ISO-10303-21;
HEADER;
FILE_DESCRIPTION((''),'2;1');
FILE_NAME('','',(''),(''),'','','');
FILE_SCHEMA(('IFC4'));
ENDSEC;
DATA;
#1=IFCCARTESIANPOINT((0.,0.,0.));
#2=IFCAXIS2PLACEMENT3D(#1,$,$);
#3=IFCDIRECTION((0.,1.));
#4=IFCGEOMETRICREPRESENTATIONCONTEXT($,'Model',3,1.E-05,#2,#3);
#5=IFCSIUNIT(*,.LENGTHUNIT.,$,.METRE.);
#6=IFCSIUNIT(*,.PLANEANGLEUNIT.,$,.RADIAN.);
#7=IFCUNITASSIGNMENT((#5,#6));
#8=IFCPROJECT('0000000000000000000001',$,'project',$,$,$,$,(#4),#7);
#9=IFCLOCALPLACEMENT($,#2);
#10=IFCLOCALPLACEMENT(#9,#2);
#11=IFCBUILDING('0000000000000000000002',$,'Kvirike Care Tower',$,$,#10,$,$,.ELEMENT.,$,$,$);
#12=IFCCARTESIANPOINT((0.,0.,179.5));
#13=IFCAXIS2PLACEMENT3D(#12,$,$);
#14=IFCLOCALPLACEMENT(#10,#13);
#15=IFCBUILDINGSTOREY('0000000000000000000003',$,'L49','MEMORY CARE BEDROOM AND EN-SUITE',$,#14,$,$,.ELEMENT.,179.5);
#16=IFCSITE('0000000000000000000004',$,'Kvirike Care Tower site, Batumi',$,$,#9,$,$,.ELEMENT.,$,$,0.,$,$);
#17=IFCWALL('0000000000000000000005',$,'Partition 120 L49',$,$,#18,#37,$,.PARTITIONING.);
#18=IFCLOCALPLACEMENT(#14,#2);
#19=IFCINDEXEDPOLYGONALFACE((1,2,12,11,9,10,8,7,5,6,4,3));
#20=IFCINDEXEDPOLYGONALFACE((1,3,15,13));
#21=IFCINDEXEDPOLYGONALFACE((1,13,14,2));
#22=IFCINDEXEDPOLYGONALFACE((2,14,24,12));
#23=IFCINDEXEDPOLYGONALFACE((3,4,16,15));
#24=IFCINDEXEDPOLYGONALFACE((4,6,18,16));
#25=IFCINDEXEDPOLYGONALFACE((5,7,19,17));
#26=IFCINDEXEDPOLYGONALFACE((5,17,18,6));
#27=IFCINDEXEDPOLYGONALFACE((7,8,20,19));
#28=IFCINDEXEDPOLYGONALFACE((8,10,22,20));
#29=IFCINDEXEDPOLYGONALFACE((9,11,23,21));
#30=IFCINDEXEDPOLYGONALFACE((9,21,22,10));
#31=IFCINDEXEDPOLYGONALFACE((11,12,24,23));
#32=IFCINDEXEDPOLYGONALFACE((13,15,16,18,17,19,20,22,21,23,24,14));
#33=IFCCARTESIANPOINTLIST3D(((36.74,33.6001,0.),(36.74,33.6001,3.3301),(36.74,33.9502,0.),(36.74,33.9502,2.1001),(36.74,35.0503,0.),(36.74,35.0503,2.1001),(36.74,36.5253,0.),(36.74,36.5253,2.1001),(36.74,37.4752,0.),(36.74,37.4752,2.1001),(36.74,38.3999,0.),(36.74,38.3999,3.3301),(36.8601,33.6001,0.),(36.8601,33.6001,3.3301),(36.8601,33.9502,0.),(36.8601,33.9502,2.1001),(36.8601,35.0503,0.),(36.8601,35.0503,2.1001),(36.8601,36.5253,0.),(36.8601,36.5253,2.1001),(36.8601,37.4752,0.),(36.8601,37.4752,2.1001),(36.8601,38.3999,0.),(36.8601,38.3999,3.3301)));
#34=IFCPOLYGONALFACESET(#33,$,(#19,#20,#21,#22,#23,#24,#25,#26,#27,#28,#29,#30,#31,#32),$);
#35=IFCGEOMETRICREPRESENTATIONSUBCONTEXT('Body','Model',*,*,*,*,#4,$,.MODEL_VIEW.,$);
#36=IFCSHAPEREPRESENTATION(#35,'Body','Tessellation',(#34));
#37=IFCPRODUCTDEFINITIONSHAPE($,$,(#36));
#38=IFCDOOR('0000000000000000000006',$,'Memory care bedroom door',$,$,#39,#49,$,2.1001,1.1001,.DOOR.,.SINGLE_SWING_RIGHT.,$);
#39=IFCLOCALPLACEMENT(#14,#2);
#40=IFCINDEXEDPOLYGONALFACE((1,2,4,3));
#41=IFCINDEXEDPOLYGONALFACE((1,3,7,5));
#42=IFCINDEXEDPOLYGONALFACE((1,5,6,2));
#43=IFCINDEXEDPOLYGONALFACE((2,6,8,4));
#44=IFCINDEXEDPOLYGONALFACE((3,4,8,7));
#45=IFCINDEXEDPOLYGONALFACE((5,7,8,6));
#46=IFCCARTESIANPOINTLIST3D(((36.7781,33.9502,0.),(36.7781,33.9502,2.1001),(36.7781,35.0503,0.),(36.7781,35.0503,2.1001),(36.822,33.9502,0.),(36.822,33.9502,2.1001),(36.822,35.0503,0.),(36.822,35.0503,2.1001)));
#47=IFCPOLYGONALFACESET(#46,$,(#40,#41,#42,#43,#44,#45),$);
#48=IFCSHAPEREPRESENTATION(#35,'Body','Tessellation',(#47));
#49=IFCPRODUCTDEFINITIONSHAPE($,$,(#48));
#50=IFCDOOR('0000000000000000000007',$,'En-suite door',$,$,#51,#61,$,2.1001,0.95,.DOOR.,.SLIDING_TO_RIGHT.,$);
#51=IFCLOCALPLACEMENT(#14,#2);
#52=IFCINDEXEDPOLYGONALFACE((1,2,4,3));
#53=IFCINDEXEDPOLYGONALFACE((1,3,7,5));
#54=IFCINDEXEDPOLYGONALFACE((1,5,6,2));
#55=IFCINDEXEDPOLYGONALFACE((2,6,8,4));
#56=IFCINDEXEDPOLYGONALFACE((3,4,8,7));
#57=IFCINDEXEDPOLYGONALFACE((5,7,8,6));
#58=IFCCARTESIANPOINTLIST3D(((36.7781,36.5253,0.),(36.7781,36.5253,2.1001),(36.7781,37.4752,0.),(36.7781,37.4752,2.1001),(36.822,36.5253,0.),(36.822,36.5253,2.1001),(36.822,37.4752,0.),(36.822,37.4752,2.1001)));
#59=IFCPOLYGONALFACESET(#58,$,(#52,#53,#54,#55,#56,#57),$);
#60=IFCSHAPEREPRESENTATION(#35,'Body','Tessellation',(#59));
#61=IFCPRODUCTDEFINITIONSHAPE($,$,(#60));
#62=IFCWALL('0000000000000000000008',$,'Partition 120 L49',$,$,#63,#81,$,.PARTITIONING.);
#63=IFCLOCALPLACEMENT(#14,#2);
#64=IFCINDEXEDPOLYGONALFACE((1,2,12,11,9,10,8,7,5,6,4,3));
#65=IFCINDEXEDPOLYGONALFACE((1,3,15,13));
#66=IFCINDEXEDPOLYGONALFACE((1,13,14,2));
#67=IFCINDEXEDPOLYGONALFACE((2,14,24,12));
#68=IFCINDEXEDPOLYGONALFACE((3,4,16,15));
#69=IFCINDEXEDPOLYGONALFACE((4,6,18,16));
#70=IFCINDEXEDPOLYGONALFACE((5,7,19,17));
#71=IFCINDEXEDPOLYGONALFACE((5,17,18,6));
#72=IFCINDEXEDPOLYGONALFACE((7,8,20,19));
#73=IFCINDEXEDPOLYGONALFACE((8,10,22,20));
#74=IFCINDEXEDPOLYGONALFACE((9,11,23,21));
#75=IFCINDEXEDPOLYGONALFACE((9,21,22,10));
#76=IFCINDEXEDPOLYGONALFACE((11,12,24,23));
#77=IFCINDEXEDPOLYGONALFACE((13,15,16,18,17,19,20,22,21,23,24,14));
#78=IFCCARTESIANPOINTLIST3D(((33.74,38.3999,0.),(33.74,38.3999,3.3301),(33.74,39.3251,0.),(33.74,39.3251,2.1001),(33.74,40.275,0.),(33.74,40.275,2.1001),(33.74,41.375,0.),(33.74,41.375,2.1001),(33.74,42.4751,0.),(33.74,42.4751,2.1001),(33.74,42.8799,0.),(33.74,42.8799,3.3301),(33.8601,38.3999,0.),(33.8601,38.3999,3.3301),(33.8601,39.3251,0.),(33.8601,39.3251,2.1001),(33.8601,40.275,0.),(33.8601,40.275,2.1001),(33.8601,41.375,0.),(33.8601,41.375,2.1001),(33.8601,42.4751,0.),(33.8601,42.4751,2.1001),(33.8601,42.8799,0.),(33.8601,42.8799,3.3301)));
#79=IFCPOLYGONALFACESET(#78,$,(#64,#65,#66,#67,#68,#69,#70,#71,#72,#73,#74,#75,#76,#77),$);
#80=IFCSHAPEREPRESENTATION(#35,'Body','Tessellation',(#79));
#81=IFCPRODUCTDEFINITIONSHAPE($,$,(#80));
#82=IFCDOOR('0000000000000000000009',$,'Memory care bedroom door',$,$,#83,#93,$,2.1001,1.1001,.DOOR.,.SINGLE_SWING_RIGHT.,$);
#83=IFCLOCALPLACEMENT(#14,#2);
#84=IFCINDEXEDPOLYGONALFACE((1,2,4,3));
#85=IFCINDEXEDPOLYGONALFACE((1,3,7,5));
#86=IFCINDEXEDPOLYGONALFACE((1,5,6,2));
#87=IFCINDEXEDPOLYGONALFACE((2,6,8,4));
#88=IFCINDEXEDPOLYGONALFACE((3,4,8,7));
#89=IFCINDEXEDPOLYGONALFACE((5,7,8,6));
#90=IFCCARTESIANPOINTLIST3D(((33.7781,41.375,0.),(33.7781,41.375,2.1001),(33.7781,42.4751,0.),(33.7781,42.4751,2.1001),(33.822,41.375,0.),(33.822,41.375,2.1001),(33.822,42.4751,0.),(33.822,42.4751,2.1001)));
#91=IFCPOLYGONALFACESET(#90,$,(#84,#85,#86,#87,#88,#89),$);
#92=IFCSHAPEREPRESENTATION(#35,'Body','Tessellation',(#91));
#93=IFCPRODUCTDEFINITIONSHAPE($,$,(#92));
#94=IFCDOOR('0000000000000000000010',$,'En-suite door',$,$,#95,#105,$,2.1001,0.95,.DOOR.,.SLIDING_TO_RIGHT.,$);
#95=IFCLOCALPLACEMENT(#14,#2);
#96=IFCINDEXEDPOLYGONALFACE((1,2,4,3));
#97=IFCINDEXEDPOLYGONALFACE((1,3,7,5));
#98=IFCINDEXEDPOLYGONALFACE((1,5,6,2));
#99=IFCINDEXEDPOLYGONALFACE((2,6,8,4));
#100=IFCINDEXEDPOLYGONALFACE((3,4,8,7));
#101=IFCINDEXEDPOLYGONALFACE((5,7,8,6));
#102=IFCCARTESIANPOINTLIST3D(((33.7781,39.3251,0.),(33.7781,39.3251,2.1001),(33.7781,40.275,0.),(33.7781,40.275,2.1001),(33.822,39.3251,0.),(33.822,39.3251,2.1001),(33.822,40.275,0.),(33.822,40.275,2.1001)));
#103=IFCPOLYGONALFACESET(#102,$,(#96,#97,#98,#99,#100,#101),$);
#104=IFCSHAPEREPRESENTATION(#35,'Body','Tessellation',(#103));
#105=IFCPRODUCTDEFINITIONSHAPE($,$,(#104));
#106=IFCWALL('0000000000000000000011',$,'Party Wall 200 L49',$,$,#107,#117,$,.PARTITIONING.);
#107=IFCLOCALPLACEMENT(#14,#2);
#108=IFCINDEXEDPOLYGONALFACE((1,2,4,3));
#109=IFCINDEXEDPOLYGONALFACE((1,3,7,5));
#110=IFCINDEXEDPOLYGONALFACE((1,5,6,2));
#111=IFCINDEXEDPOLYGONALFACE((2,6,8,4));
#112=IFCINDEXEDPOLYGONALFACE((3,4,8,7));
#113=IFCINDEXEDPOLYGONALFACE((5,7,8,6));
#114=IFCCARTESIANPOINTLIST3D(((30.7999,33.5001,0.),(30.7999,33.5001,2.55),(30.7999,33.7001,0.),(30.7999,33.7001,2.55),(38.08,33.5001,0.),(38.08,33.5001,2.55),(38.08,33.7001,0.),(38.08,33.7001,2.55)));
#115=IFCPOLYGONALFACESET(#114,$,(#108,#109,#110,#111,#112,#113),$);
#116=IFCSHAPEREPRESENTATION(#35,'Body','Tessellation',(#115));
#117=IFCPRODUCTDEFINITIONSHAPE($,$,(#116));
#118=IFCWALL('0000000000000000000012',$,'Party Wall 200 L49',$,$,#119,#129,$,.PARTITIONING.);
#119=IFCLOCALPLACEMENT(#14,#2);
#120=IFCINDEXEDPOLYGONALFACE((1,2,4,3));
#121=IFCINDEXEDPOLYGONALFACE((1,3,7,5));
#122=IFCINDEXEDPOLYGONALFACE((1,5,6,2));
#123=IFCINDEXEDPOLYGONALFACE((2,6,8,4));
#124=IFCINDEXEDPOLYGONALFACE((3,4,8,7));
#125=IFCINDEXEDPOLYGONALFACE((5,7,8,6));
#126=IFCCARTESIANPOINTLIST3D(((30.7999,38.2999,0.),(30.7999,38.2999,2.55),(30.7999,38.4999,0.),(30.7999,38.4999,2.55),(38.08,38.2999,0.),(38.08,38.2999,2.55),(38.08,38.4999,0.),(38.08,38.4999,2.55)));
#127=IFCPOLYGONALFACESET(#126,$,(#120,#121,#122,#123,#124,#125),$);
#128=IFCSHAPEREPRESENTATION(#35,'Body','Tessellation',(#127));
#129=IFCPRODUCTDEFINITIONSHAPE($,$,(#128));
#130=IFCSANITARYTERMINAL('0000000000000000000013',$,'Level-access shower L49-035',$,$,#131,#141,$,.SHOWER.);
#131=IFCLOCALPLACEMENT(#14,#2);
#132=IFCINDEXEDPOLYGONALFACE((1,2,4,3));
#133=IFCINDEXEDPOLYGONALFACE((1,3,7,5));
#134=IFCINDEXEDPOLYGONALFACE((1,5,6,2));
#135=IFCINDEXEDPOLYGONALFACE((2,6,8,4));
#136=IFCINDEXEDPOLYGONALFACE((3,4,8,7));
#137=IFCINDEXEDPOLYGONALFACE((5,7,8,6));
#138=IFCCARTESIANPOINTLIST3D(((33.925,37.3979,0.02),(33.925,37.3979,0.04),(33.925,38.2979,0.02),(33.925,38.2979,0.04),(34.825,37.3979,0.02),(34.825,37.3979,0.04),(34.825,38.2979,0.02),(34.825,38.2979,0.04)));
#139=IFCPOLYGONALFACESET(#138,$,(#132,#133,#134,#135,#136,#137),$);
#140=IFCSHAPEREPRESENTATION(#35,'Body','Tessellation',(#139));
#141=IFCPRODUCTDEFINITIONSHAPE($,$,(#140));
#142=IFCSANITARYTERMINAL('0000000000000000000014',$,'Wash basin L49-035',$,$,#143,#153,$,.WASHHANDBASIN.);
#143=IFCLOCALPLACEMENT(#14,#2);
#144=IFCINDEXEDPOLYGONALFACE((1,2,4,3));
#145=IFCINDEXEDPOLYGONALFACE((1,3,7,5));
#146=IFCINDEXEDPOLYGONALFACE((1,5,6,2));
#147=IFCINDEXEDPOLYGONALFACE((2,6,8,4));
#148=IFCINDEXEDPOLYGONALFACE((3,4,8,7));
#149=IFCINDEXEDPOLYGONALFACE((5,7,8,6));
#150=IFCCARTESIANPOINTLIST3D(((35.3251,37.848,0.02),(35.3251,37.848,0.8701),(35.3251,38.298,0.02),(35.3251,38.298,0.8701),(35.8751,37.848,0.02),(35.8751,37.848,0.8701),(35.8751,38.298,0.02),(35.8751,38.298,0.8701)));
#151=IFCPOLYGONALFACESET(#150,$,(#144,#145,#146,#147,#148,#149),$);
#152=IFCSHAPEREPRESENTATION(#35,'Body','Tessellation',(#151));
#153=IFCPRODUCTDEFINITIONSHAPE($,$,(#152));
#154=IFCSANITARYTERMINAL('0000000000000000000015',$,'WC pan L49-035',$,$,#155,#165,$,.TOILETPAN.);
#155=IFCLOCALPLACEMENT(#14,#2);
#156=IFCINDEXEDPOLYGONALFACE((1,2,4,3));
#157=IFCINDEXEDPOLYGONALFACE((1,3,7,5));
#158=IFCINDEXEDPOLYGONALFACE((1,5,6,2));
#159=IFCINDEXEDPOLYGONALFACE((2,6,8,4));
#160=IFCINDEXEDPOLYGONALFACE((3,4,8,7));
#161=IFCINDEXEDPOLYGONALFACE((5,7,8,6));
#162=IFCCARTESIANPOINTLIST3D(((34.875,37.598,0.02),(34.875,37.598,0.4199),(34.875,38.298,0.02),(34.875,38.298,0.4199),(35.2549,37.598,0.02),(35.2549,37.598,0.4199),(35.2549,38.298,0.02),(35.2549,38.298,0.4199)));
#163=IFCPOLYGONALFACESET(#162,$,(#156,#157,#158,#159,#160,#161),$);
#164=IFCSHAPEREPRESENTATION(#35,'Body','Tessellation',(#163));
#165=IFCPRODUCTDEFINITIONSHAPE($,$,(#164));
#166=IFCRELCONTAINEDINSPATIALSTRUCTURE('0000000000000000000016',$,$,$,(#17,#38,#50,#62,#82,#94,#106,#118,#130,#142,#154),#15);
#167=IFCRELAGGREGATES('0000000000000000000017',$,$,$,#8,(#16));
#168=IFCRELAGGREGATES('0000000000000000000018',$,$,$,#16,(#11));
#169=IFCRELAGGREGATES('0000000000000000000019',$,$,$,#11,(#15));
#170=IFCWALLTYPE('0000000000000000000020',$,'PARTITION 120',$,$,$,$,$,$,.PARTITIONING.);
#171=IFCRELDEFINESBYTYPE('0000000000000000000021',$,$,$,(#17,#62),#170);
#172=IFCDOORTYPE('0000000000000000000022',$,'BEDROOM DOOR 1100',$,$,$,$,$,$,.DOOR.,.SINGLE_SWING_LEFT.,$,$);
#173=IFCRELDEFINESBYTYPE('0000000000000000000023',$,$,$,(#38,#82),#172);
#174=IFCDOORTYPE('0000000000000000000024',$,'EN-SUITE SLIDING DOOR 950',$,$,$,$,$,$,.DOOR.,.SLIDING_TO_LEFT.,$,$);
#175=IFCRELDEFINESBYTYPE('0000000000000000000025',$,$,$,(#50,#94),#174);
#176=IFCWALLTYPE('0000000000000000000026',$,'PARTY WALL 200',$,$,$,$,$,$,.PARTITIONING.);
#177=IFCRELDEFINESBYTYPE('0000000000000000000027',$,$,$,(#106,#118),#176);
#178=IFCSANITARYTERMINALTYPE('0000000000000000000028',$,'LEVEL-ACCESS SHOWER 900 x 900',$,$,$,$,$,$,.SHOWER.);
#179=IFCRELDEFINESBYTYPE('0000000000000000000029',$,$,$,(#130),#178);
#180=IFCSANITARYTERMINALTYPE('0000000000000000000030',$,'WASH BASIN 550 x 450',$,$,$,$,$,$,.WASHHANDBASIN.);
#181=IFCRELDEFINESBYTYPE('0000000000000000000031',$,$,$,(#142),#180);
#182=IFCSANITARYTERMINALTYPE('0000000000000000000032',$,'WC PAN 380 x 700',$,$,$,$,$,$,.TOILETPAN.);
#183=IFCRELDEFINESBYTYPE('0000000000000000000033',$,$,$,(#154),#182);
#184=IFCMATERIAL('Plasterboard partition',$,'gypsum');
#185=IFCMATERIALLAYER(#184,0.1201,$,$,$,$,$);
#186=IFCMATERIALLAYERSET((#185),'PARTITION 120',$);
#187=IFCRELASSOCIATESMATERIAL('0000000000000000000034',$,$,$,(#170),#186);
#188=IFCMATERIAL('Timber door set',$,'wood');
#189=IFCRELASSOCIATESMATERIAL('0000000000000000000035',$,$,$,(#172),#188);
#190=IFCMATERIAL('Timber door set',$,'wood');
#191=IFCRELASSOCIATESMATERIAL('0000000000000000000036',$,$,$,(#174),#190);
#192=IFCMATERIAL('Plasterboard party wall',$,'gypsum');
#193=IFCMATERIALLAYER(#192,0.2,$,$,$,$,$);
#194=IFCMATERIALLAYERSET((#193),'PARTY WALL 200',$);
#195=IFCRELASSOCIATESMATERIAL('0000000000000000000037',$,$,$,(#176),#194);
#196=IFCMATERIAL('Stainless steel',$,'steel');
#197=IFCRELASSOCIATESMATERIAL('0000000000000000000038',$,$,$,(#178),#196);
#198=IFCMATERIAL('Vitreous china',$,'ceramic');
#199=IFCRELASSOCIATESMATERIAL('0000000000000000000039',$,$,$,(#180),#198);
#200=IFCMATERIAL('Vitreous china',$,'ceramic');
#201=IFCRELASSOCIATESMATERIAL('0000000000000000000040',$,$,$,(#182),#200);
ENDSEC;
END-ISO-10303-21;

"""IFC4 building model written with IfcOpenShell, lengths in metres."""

from ifc_helpers import new_model, si_unit, direction, frame, frame_2d, origin, origin_2d, place, context, subcontext, project, spatial, rectangle, extrude, material, layer, layer_set, type_object, element, fill, save


model = new_model("IFC4")

# Units and contexts
model_context = context("Model", 3, precision=1e-05, world=origin(), true_north=direction((0.0, 1.0)))
body_context = subcontext(model_context, "Body", "Model", "MODEL_VIEW")
ifc_project = project(units=[si_unit("LENGTHUNIT", "METRE"), si_unit("PLANEANGLEUNIT", "RADIAN")], contexts=[model_context])

# Site, building, storey
site_placement = place(None, origin())
site = spatial("IfcSite", under=ifc_project, at=site_placement, Name="Kvirike Care Tower site, Batumi", CompositionType="ELEMENT", RefElevation=0.0)
building_placement = place(site_placement, origin())
building = spatial("IfcBuilding", under=site, at=building_placement, Name="Kvirike Care Tower", CompositionType="ELEMENT")
storey_placement = place(building_placement, frame((0.0, 0.0, 179.5)))
storey = spatial("IfcBuildingStorey", under=building, at=storey_placement, Name="L49", Description="MEMORY CARE BEDROOM AND EN-SUITE", CompositionType="ELEMENT", Elevation=179.5)

# Walls, openings, doors
ifc_material_1 = material(Name="Plasterboard partition", Category="gypsum")
ifc_layer_1 = layer(ifc_material_1, 0.1201)
ifc_layer_set_1 = layer_set([ifc_layer_1], Name="PARTITION 120")
wall_type_1 = type_object("IfcWallType", Name="PARTITION 120", PredefinedType="PARTITIONING", material=ifc_layer_set_1)
wall_1_placement = place(storey_placement, frame((36.8, 33.6001, 0.0), z_axis=(0.0, 0.0, 1.0), x_axis=(0.0, 1.0, 0.0)))
wall_1 = element("IfcWall", 1, at=wall_1_placement, inside=storey, type_object=wall_type_1, Name="Partition 120 L49", PredefinedType="PARTITIONING", context=body_context, shape_type="SweptSolid", body=[
    extrude(rectangle(XDim=4.7998, YDim=0.1201, at=frame_2d((2.3999, 0.0))), origin(), (0.0, 0.0, 1.0), 3.3301),
])
opening_1_placement = place(wall_1_placement, frame((0.3501, 0.0, 0.0)))
opening_1 = element("IfcOpeningElement", 2, at=opening_1_placement, cuts=wall_1, PredefinedType="OPENING", context=body_context, shape_type="SweptSolid", body=[
    extrude(rectangle(XDim=1.1001, YDim=2.1001, at=frame_2d((0.55, 1.05))), frame((0.0, 0.0706, 0.0), z_axis=(0.0, -1.0, 0.0), x_axis=(1.0, 0.0, 0.0)), (0.0, 0.0, 1.0), 0.1411),
])
opening_2_placement = place(wall_1_placement, frame((2.925, 0.0, 0.0)))
opening_2 = element("IfcOpeningElement", 3, at=opening_2_placement, cuts=wall_1, PredefinedType="OPENING", context=body_context, shape_type="SweptSolid", body=[
    extrude(rectangle(XDim=0.95, YDim=2.1001, at=frame_2d((0.4751, 1.05))), frame((0.0, 0.0706, 0.0), z_axis=(0.0, -1.0, 0.0), x_axis=(1.0, 0.0, 0.0)), (0.0, 0.0, 1.0), 0.1411),
])
ifc_material_2 = material(Name="Timber door set", Category="wood")
door_type_1 = type_object("IfcDoorType", Name="BEDROOM DOOR 1100", OperationType="SINGLE_SWING_LEFT", PredefinedType="DOOR", material=ifc_material_2)
door_1_placement = place(opening_1_placement, origin())
door_1 = element("IfcDoor", 4, at=door_1_placement, inside=storey, type_object=door_type_1, Name="Memory care bedroom door", OperationType="SINGLE_SWING_RIGHT", OverallHeight=2.1001, OverallWidth=1.1001, PredefinedType="DOOR", context=body_context, shape_type="SweptSolid", body=[
    extrude(rectangle(XDim=1.1001, YDim=2.1001, at=frame_2d((0.55, 1.05))), frame((0.0, 0.022, 0.0), z_axis=(0.0, -1.0, 0.0), x_axis=(1.0, 0.0, 0.0)), (0.0, 0.0, 1.0), 0.0439),
])
fill(opening_1, door_1)
ifc_material_3 = material(Name="Timber door set", Category="wood")
door_type_2 = type_object("IfcDoorType", Name="EN-SUITE SLIDING DOOR 950", OperationType="SLIDING_TO_LEFT", PredefinedType="DOOR", material=ifc_material_3)
door_2_placement = place(opening_2_placement, origin())
door_2 = element("IfcDoor", 5, at=door_2_placement, inside=storey, type_object=door_type_2, Name="En-suite door", OperationType="SLIDING_TO_RIGHT", OverallHeight=2.1001, OverallWidth=0.95, PredefinedType="DOOR", context=body_context, shape_type="SweptSolid", body=[
    extrude(rectangle(XDim=0.95, YDim=2.1001, at=frame_2d((0.4751, 1.05))), frame((0.0, 0.022, 0.0), z_axis=(0.0, -1.0, 0.0), x_axis=(1.0, 0.0, 0.0)), (0.0, 0.0, 1.0), 0.0439),
])
fill(opening_2, door_2)
wall_2_placement = place(storey_placement, frame((33.8, 38.3999, 0.0), z_axis=(0.0, 0.0, 1.0), x_axis=(0.0, 1.0, 0.0)))
wall_2 = element("IfcWall", 6, at=wall_2_placement, inside=storey, type_object=wall_type_1, Name="Partition 120 L49", PredefinedType="PARTITIONING", context=body_context, shape_type="SweptSolid", body=[
    extrude(rectangle(XDim=4.48, YDim=0.1201, at=frame_2d((2.24, 0.0))), origin(), (0.0, 0.0, 1.0), 3.3301),
])
opening_3_placement = place(wall_2_placement, frame((2.9751, 0.0, 0.0)))
opening_3 = element("IfcOpeningElement", 7, at=opening_3_placement, cuts=wall_2, PredefinedType="OPENING", context=body_context, shape_type="SweptSolid", body=[
    extrude(rectangle(XDim=1.1001, YDim=2.1001, at=frame_2d((0.55, 1.05))), frame((0.0, 0.0706, 0.0), z_axis=(0.0, -1.0, 0.0), x_axis=(1.0, 0.0, 0.0)), (0.0, 0.0, 1.0), 0.1411),
])
opening_4_placement = place(wall_2_placement, frame((0.925, 0.0, 0.0)))
opening_4 = element("IfcOpeningElement", 8, at=opening_4_placement, cuts=wall_2, PredefinedType="OPENING", context=body_context, shape_type="SweptSolid", body=[
    extrude(rectangle(XDim=0.95, YDim=2.1001, at=frame_2d((0.4751, 1.05))), frame((0.0, 0.0706, 0.0), z_axis=(0.0, -1.0, 0.0), x_axis=(1.0, 0.0, 0.0)), (0.0, 0.0, 1.0), 0.1411),
])
door_3_placement = place(opening_3_placement, origin())
door_3 = element("IfcDoor", 9, at=door_3_placement, inside=storey, type_object=door_type_1, Name="Memory care bedroom door", OperationType="SINGLE_SWING_RIGHT", OverallHeight=2.1001, OverallWidth=1.1001, PredefinedType="DOOR", context=body_context, shape_type="SweptSolid", body=[
    extrude(rectangle(XDim=1.1001, YDim=2.1001, at=frame_2d((0.55, 1.05))), frame((0.0, 0.022, 0.0), z_axis=(0.0, -1.0, 0.0), x_axis=(1.0, 0.0, 0.0)), (0.0, 0.0, 1.0), 0.0439),
])
fill(opening_3, door_3)
door_4_placement = place(opening_4_placement, origin())
door_4 = element("IfcDoor", 10, at=door_4_placement, inside=storey, type_object=door_type_2, Name="En-suite door", OperationType="SLIDING_TO_RIGHT", OverallHeight=2.1001, OverallWidth=0.95, PredefinedType="DOOR", context=body_context, shape_type="SweptSolid", body=[
    extrude(rectangle(XDim=0.95, YDim=2.1001, at=frame_2d((0.4751, 1.05))), frame((0.0, 0.022, 0.0), z_axis=(0.0, -1.0, 0.0), x_axis=(1.0, 0.0, 0.0)), (0.0, 0.0, 1.0), 0.0439),
])
fill(opening_4, door_4)

# Walls
ifc_material_4 = material(Name="Plasterboard party wall", Category="gypsum")
ifc_layer_2 = layer(ifc_material_4, 0.2)
ifc_layer_set_2 = layer_set([ifc_layer_2], Name="PARTY WALL 200")
wall_type_2 = type_object("IfcWallType", Name="PARTY WALL 200", PredefinedType="PARTITIONING", material=ifc_layer_set_2)
for number, where, z_axis, x_axis, name in (
    (11, (38.0801, 33.6001, 0.0), (0.0, 0.0, 1.0), (-1.0, 0.0, 0.0), "Party Wall 200 L49"),
    (12, (38.0801, 38.3999, 0.0), (0.0, 0.0, 1.0), (-1.0, 0.0, 0.0), "Party Wall 200 L49"),
):
    element("IfcWall", number, at=place(storey_placement, frame(where, z_axis=z_axis, x_axis=x_axis)), inside=storey, type_object=wall_type_2, Name=name, PredefinedType="PARTITIONING", context=body_context, shape_type="SweptSolid", body=[
        extrude(rectangle(XDim=7.28, YDim=0.2, at=frame_2d((3.6401, 0.0))), origin(), (0.0, 0.0, 1.0), 2.55),
    ])

# Sanitary terminals
ifc_material_5 = material(Name="Stainless steel", Category="steel")
sanitary_terminal_type_1 = type_object("IfcSanitaryTerminalType", Name="LEVEL-ACCESS SHOWER 900 x 900", PredefinedType="SHOWER", material=ifc_material_5)
sanitary_terminal_1_placement = place(storey_placement, frame((34.375, 37.8479, 0.02), z_axis=(0.0, 0.0, 1.0), x_axis=(1.0, 0.0, 0.0)))
element("IfcSanitaryTerminal", 13, at=sanitary_terminal_1_placement, inside=storey, type_object=sanitary_terminal_type_1, Name="Level-access shower L49-035", PredefinedType="SHOWER", context=body_context, shape_type="SweptSolid", body=[
    extrude(rectangle(XDim=0.8999, YDim=0.8999, at=origin_2d()), origin(), (0.0, 0.0, 1.0), 0.02),
])
ifc_material_6 = material(Name="Vitreous china", Category="ceramic")
sanitary_terminal_type_2 = type_object("IfcSanitaryTerminalType", Name="WASH BASIN 550 x 450", PredefinedType="WASHHANDBASIN", material=ifc_material_6)
sanitary_terminal_2_placement = place(storey_placement, frame((35.6001, 38.073, 0.02), z_axis=(0.0, 0.0, 1.0), x_axis=(1.0, 0.0, 0.0)))
element("IfcSanitaryTerminal", 14, at=sanitary_terminal_2_placement, inside=storey, type_object=sanitary_terminal_type_2, Name="Wash basin L49-035", PredefinedType="WASHHANDBASIN", context=body_context, shape_type="SweptSolid", body=[
    extrude(rectangle(XDim=0.55, YDim=0.45, at=origin_2d()), origin(), (0.0, 0.0, 1.0), 0.8501),
])
ifc_material_7 = material(Name="Vitreous china", Category="ceramic")
sanitary_terminal_type_3 = type_object("IfcSanitaryTerminalType", Name="WC PAN 380 x 700", PredefinedType="TOILETPAN", material=ifc_material_7)
sanitary_terminal_3_placement = place(storey_placement, frame((35.0649, 37.948, 0.02), z_axis=(0.0, 0.0, 1.0), x_axis=(1.0, 0.0, 0.0)))
element("IfcSanitaryTerminal", 15, at=sanitary_terminal_3_placement, inside=storey, type_object=sanitary_terminal_type_3, Name="WC pan L49-035", PredefinedType="TOILETPAN", context=body_context, shape_type="SweptSolid", body=[
    extrude(rectangle(XDim=0.3799, YDim=0.7, at=origin_2d()), origin(), (0.0, 0.0, 1.0), 0.3999),
])

save(model, "model.ifc")
